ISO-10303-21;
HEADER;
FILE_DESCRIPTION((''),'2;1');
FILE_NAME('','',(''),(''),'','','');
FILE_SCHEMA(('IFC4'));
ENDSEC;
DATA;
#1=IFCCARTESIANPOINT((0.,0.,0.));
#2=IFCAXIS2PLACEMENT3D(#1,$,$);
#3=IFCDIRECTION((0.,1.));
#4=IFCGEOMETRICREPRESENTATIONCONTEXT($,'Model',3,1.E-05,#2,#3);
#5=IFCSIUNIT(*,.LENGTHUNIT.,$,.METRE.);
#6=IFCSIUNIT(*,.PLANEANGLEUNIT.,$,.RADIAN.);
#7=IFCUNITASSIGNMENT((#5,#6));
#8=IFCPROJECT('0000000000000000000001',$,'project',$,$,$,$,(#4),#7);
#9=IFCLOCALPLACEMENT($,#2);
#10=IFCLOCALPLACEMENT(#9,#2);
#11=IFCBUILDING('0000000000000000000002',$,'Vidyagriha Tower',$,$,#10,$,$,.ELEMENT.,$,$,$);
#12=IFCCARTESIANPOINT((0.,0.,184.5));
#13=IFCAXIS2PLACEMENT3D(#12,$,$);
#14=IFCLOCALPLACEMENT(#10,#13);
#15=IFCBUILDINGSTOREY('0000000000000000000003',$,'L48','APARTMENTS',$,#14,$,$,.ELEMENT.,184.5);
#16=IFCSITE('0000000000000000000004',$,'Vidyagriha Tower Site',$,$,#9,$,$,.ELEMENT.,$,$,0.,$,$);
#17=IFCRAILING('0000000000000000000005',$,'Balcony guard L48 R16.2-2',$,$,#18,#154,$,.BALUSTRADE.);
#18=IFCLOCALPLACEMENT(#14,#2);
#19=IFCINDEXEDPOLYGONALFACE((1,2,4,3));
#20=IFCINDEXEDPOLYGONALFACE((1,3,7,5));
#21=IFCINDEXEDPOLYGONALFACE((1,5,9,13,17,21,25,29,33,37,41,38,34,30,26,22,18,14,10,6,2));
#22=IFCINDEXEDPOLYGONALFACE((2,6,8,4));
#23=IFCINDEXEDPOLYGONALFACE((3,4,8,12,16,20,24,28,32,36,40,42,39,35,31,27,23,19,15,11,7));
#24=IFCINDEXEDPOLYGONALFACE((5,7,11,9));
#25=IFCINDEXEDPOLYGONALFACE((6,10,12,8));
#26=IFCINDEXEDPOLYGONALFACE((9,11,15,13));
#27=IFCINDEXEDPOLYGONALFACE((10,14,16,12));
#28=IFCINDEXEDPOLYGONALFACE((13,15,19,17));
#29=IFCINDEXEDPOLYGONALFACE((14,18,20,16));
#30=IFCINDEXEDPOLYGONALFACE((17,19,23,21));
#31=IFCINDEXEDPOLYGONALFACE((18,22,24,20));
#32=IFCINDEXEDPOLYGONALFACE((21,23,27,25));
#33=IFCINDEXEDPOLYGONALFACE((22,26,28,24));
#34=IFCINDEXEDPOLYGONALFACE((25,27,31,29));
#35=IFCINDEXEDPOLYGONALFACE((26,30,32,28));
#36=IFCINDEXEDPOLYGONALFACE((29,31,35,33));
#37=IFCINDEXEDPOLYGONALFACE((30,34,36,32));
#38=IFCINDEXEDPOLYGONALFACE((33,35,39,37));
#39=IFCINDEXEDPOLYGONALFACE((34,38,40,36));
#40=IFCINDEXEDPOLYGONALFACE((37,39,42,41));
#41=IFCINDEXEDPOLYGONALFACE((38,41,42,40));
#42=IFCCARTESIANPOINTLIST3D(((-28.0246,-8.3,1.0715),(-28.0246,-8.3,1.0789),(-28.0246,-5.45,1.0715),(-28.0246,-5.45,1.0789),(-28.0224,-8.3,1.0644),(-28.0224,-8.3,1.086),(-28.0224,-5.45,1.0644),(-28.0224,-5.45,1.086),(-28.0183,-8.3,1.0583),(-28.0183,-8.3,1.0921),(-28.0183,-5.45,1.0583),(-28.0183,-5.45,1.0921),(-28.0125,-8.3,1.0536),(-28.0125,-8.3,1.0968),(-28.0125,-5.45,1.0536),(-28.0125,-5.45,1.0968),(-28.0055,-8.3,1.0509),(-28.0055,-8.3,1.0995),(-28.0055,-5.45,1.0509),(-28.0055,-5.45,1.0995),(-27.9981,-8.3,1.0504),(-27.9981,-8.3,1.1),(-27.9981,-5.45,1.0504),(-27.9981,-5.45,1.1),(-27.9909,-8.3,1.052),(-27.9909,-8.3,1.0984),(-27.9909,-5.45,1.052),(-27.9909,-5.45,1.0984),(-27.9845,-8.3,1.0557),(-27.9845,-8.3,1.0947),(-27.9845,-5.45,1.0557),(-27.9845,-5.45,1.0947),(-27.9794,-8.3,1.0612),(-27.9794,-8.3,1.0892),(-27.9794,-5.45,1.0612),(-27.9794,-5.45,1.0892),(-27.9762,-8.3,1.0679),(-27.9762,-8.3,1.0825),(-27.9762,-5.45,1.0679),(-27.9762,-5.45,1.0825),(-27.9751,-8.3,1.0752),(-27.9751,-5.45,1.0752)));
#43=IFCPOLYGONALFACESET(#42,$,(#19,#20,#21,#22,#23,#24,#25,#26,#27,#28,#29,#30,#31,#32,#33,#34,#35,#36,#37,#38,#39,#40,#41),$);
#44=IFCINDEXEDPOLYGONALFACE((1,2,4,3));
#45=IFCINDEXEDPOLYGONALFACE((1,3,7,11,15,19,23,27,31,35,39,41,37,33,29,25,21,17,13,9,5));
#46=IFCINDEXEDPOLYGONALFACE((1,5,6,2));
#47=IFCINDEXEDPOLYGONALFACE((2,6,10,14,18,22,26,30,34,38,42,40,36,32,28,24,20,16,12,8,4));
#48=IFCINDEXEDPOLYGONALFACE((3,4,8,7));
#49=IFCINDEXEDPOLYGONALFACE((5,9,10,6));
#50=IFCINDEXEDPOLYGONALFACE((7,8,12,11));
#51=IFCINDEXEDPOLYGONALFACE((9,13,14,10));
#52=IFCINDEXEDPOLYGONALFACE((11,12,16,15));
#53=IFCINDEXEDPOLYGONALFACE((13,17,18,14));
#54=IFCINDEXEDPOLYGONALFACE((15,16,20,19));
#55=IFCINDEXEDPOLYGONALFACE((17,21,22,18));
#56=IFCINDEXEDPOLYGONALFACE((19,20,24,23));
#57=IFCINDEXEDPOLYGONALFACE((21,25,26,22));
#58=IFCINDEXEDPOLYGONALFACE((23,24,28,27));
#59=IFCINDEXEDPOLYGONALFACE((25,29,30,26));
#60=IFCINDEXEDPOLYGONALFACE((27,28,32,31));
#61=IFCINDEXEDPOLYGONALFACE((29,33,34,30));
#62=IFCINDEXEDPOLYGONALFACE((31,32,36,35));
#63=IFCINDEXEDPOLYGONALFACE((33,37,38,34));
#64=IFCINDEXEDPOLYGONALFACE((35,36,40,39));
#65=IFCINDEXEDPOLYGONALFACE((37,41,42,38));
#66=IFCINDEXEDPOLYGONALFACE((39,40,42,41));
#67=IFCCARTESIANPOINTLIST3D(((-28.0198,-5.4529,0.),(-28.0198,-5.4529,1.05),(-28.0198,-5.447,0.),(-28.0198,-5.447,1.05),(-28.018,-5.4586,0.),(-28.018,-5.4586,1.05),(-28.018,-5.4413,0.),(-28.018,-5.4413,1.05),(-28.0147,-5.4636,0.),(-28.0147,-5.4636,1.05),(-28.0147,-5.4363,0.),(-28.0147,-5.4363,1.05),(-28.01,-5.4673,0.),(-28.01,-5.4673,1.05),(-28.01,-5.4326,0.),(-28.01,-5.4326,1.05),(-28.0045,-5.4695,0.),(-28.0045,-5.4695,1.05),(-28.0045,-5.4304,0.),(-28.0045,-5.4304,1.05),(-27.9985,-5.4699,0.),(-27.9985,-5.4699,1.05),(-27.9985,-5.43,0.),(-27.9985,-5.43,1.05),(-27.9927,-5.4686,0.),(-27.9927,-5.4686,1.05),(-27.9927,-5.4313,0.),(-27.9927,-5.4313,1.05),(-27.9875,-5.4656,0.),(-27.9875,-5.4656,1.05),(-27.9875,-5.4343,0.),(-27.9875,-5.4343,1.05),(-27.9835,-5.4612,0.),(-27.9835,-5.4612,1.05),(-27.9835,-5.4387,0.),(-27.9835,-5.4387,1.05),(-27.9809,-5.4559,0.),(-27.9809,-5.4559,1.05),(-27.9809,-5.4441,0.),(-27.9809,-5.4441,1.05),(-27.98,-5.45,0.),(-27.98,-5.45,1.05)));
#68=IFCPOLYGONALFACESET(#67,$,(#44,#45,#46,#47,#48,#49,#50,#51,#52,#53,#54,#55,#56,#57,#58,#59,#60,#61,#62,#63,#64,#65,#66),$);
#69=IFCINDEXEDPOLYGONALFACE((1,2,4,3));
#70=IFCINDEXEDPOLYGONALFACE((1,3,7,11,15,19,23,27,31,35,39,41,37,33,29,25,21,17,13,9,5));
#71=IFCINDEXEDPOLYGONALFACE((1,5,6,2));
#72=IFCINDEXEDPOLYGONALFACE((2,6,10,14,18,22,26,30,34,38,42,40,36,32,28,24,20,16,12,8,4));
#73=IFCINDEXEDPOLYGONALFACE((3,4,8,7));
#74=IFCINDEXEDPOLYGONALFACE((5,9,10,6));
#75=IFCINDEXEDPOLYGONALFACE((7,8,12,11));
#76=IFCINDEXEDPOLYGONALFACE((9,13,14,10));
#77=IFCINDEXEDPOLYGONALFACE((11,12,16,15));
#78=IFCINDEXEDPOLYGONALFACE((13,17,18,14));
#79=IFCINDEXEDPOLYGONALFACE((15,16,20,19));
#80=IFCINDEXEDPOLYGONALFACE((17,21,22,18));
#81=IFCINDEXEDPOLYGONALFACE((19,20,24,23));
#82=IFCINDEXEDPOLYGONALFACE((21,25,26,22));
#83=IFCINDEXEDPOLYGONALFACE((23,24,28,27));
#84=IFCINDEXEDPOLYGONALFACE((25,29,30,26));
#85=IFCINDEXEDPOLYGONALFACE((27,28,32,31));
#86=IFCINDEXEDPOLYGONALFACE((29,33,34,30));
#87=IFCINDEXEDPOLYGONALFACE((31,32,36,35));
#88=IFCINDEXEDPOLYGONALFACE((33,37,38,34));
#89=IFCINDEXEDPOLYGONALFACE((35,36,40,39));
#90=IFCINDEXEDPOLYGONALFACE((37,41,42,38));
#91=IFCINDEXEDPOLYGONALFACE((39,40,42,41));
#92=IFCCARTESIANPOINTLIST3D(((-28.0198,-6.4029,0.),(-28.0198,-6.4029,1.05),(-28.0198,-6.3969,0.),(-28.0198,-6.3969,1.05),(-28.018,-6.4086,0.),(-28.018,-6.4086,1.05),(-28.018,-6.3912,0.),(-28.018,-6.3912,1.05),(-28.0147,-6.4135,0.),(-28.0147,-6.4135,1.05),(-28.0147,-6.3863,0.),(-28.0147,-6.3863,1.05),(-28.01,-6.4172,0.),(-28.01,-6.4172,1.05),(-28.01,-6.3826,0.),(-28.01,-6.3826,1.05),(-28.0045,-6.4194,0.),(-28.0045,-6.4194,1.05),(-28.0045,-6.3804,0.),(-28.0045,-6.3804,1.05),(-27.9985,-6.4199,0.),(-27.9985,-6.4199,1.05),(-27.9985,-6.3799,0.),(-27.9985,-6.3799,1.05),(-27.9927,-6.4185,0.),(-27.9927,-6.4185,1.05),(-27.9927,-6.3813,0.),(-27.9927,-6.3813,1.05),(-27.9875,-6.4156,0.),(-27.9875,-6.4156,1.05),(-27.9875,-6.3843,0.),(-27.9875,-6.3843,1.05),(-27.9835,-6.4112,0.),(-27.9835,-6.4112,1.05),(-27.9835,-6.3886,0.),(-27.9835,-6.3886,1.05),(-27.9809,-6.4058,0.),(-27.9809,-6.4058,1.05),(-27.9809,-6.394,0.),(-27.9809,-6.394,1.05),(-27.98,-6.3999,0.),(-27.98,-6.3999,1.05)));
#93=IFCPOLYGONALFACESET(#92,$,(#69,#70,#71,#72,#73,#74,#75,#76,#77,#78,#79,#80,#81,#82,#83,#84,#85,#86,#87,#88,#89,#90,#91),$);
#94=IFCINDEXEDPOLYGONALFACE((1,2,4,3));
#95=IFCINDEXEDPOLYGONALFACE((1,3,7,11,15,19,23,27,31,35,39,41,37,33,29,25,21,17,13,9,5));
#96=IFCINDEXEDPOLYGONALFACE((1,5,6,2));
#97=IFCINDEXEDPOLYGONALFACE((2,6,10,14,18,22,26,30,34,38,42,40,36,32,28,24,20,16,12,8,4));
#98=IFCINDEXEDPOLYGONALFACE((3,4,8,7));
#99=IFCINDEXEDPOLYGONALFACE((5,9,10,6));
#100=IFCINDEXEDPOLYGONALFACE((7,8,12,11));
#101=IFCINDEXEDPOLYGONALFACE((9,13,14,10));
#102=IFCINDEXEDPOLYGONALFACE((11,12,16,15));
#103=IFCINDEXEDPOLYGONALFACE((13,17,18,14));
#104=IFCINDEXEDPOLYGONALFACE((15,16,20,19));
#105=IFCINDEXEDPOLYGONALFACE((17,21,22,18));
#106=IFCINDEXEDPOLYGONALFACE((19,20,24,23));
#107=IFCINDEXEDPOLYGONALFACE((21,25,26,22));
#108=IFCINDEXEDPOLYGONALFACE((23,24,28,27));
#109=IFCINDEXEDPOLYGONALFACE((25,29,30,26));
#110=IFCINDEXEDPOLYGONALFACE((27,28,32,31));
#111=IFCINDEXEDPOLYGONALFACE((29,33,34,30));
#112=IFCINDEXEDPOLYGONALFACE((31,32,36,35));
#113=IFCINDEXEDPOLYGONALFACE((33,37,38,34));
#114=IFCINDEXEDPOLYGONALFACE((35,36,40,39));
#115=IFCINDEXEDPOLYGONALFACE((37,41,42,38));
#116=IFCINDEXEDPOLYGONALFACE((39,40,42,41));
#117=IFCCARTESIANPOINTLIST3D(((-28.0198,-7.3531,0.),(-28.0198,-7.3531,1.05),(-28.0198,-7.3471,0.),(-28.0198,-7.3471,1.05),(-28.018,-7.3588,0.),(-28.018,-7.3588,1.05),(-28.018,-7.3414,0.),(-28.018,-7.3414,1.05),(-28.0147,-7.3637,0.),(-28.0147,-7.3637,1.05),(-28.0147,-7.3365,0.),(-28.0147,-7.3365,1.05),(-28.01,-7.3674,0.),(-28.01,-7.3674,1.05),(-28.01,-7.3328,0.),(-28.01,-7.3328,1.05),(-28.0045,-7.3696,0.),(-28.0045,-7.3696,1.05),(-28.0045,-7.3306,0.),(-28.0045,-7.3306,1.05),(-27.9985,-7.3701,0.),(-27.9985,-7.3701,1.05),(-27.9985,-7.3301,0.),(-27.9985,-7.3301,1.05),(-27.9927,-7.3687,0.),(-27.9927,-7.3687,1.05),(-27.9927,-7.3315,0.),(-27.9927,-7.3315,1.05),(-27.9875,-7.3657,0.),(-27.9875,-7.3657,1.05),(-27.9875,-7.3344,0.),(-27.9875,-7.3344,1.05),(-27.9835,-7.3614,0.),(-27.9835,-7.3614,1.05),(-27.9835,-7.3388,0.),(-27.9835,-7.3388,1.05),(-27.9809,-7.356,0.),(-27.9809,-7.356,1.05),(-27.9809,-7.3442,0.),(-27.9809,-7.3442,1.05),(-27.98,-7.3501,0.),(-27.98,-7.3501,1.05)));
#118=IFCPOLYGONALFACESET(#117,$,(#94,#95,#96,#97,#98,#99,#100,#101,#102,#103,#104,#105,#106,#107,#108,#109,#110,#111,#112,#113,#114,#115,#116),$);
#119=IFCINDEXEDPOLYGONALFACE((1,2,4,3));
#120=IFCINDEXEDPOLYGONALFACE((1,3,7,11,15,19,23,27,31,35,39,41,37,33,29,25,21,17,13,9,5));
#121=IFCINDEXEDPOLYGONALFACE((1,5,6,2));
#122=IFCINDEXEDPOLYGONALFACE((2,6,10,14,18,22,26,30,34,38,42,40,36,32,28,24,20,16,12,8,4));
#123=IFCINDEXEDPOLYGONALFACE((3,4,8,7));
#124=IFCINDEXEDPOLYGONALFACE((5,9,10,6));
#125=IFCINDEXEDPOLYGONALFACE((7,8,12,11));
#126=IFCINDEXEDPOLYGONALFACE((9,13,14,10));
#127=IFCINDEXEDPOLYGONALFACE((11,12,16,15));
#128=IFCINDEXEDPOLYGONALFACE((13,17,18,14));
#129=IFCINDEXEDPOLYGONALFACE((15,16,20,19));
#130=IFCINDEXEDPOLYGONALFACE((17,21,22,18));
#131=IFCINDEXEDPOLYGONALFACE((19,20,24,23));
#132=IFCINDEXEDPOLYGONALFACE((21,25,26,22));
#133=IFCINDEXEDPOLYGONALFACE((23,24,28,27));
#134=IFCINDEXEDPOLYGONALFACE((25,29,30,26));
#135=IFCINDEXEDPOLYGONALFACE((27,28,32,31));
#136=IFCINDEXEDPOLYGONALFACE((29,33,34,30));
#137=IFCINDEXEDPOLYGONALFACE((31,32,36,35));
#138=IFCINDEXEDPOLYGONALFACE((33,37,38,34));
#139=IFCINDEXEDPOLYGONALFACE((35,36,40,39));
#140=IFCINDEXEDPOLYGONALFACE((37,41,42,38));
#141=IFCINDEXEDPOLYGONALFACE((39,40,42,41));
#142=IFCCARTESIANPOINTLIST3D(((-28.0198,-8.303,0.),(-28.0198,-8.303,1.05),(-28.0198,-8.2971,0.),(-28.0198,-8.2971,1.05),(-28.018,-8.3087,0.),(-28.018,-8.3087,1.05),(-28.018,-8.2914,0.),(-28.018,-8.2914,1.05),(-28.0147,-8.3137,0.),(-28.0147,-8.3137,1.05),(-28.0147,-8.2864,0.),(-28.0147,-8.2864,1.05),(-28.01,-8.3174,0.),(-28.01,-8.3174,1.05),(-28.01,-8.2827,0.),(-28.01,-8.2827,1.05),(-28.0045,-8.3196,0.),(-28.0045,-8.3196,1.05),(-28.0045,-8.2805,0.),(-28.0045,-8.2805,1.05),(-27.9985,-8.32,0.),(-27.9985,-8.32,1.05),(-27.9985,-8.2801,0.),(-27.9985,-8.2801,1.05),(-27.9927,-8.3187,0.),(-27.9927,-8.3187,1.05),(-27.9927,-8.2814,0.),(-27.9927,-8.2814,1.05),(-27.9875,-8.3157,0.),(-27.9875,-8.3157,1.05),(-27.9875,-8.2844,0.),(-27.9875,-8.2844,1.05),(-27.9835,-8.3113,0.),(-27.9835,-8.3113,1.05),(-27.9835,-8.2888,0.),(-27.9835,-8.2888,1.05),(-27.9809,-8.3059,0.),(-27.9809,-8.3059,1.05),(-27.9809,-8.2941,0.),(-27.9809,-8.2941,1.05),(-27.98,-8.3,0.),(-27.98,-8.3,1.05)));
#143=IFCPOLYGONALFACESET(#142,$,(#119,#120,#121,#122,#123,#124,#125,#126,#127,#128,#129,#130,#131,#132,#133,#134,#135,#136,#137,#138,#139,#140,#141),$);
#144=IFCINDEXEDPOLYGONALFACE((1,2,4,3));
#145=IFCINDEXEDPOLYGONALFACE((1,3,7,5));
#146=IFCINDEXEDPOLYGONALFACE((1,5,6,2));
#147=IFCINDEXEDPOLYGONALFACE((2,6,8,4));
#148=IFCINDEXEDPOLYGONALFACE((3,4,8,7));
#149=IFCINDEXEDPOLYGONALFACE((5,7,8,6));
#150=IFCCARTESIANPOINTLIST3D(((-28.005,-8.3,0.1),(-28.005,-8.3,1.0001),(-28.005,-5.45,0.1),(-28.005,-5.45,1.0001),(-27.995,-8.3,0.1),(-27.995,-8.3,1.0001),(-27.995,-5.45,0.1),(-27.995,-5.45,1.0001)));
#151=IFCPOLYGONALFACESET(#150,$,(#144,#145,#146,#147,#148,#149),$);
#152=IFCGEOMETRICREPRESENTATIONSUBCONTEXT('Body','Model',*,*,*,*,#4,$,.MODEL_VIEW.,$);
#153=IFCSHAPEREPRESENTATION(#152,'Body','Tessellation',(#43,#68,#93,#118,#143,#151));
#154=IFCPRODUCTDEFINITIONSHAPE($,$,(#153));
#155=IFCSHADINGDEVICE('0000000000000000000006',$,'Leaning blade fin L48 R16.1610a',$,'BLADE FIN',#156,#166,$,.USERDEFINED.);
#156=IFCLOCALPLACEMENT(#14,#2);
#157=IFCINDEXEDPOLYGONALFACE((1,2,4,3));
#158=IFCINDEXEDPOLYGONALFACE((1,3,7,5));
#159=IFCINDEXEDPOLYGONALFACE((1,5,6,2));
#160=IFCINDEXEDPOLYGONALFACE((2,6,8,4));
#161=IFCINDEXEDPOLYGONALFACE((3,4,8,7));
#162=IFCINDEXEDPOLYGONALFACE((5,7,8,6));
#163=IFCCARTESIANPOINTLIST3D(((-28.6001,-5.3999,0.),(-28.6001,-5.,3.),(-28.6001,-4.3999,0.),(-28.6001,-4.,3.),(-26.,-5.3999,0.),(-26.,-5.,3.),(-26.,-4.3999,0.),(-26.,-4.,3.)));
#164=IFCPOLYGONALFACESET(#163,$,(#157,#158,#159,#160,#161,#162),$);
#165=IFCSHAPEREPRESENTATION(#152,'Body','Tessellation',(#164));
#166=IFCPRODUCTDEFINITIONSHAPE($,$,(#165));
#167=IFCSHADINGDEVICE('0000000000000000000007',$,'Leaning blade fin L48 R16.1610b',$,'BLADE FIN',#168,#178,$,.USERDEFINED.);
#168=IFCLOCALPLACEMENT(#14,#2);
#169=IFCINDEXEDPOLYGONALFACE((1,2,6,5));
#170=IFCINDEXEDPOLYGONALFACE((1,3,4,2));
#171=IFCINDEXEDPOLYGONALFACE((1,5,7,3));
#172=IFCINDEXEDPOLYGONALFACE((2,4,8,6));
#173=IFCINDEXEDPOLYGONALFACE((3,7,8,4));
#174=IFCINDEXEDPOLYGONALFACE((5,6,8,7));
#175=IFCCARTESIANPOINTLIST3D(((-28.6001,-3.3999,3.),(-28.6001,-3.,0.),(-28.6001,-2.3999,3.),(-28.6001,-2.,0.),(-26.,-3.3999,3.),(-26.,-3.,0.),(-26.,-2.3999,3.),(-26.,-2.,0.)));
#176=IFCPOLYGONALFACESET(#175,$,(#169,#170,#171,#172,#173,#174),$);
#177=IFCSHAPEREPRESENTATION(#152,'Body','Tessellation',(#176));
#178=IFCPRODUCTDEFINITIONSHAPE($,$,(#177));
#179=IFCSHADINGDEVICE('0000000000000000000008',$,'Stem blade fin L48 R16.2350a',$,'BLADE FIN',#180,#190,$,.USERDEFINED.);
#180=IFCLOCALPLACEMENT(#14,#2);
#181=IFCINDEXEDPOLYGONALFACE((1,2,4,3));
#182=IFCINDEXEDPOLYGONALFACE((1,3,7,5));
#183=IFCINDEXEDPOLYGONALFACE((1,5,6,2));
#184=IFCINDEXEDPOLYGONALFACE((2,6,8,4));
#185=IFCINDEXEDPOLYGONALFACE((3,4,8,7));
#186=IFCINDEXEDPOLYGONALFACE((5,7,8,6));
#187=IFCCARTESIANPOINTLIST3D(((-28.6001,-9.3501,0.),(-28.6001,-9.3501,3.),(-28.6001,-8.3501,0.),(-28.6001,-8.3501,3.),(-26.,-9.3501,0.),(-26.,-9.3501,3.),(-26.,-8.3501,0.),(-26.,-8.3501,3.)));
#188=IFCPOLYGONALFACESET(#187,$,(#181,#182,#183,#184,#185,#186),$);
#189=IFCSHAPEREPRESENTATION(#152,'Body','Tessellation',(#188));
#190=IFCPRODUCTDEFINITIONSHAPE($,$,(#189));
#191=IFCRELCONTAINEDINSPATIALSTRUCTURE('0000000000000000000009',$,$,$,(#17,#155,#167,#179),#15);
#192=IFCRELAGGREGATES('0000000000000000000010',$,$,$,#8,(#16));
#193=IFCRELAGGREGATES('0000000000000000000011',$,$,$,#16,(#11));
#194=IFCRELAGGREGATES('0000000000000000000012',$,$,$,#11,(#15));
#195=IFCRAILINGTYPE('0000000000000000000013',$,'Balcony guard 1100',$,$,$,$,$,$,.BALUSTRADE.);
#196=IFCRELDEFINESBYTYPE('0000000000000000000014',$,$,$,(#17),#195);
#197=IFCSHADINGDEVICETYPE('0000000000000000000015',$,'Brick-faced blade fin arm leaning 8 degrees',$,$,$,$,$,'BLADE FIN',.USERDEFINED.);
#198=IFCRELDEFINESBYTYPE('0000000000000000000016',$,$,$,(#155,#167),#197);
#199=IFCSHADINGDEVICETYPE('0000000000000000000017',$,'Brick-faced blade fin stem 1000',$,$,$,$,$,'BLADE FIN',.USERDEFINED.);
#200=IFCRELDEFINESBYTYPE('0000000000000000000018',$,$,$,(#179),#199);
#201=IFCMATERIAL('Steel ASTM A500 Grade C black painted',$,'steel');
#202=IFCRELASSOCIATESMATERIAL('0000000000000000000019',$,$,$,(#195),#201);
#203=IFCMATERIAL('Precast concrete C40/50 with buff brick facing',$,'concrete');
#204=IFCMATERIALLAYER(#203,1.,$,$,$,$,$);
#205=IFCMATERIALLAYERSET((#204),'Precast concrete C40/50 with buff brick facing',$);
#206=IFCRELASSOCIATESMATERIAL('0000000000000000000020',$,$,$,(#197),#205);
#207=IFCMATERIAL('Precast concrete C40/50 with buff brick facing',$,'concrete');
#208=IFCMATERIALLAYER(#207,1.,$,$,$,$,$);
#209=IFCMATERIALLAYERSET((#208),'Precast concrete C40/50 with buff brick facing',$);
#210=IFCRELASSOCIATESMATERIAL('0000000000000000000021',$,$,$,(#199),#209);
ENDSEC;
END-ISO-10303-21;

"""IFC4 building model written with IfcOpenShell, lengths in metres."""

from ifc_helpers import new_model, si_unit, direction, frame, origin, origin_2d, place, context, subcontext, project, spatial, polyline, rectangle, circle, outline, extrude, material, layer, layer_set, type_object, element, save


model = new_model("IFC4")

# Units and contexts
model_context = context("Model", 3, precision=1e-05, world=origin(), true_north=direction((0.0, 1.0)))
body_context = subcontext(model_context, "Body", "Model", "MODEL_VIEW")
ifc_project = project(units=[si_unit("LENGTHUNIT", "METRE"), si_unit("PLANEANGLEUNIT", "RADIAN")], contexts=[model_context])

# Site, building, storey
site_placement = place(None, origin())
site = spatial("IfcSite", under=ifc_project, at=site_placement, Name="Vidyagriha Tower Site", CompositionType="ELEMENT", RefElevation=0.0)
building_placement = place(site_placement, origin())
building = spatial("IfcBuilding", under=site, at=building_placement, Name="Vidyagriha Tower", CompositionType="ELEMENT")
storey_placement = place(building_placement, frame((0.0, 0.0, 184.5)))
storey = spatial("IfcBuildingStorey", under=building, at=storey_placement, Name="L48", Description="APARTMENTS", CompositionType="ELEMENT", Elevation=184.5)

# Railing
ifc_material_1 = material(Name="Steel ASTM A500 Grade C black painted", Category="steel")
railing_type_1 = type_object("IfcRailingType", Name="Balcony guard 1100", PredefinedType="BALUSTRADE", material=ifc_material_1)
railing_1_placement = place(storey_placement, frame((-28.0, -5.45, 0.0)))
element("IfcRailing", 1, at=railing_1_placement, inside=storey, type_object=railing_type_1, Name="Balcony guard L48 R16.2-2", PredefinedType="BALUSTRADE", context=body_context, shape_type="SweptSolid", body=[
    extrude(circle(Radius=0.0249, at=origin_2d()), frame((0.0, 0.0, 1.0752), z_axis=(0.0, -1.0, 0.0), x_axis=(1.0, 0.0, 0.0)), (0.0, 0.0, 1.0), 2.8501),
    extrude(circle(Radius=0.02, at=origin_2d()), origin(), (0.0, 0.0, 1.0), 1.05),
    extrude(circle(Radius=0.02, at=origin_2d()), frame((0.0, -0.95, 0.0)), (0.0, 0.0, 1.0), 1.05),
    extrude(circle(Radius=0.02, at=origin_2d()), frame((0.0, -1.9001, 0.0)), (0.0, 0.0, 1.0), 1.05),
    extrude(circle(Radius=0.02, at=origin_2d()), frame((0.0, -2.8501, 0.0)), (0.0, 0.0, 1.0), 1.05),
    extrude(rectangle(XDim=0.01, YDim=0.9001, at=origin_2d()), frame((0.0, 0.0, 0.55), z_axis=(0.0, -1.0, 0.0), x_axis=(1.0, 0.0, 0.0)), (0.0, 0.0, 1.0), 2.8501),
])

# Shading devices
ifc_material_2 = material(Name="Precast concrete C40/50 with buff brick facing", Category="concrete")
ifc_layer_1 = layer(ifc_material_2, 1.0)
ifc_layer_set_1 = layer_set([ifc_layer_1], Name="Precast concrete C40/50 with buff brick facing")
shading_device_type_1 = type_object("IfcShadingDeviceType", Name="Brick-faced blade fin arm leaning 8 degrees", ElementType="BLADE FIN", PredefinedType="USERDEFINED", material=ifc_layer_set_1)
shading_device_1_placement = place(storey_placement, frame((-27.3, -4.0, 0.0), z_axis=(0.0, 0.0, 1.0), x_axis=(0.0, -1.0, 0.0)))
element("IfcShadingDevice", 2, at=shading_device_1_placement, inside=storey, type_object=shading_device_type_1, Name="Leaning blade fin L48 R16.1610a", ObjectType="BLADE FIN", PredefinedType="USERDEFINED", context=body_context, shape_type="SweptSolid", body=[
    extrude(outline(polyline([(0.3999, 0.0), (1.3999, 0.0), (1.0, 3.0), (0.0, 3.0), (0.3999, 0.0)])), frame((0.0, 1.3, 0.0), z_axis=(0.0, -1.0, 0.0), x_axis=(1.0, 0.0, 0.0)), (0.0, 0.0, 1.0), 2.6001),
])
shading_device_2_placement = place(storey_placement, frame((-27.3, -2.0, 0.0), z_axis=(0.0, 0.0, 1.0), x_axis=(0.0, -1.0, 0.0)))
element("IfcShadingDevice", 3, at=shading_device_2_placement, inside=storey, type_object=shading_device_type_1, Name="Leaning blade fin L48 R16.1610b", ObjectType="BLADE FIN", PredefinedType="USERDEFINED", context=body_context, shape_type="SweptSolid", body=[
    extrude(outline(polyline([(0.0, 0.0), (1.0, 0.0), (1.3999, 3.0), (0.3999, 3.0), (0.0, 0.0)])), frame((0.0, 1.3, 0.0), z_axis=(0.0, -1.0, 0.0), x_axis=(1.0, 0.0, 0.0)), (0.0, 0.0, 1.0), 2.6001),
])
ifc_material_3 = material(Name="Precast concrete C40/50 with buff brick facing", Category="concrete")
ifc_layer_2 = layer(ifc_material_3, 1.0)
ifc_layer_set_2 = layer_set([ifc_layer_2], Name="Precast concrete C40/50 with buff brick facing")
shading_device_type_2 = type_object("IfcShadingDeviceType", Name="Brick-faced blade fin stem 1000", ElementType="BLADE FIN", PredefinedType="USERDEFINED", material=ifc_layer_set_2)
shading_device_3_placement = place(storey_placement, frame((-27.3, -8.3501, 0.0), z_axis=(0.0, 0.0, 1.0), x_axis=(0.0, -1.0, 0.0)))
element("IfcShadingDevice", 4, at=shading_device_3_placement, inside=storey, type_object=shading_device_type_2, Name="Stem blade fin L48 R16.2350a", ObjectType="BLADE FIN", PredefinedType="USERDEFINED", context=body_context, shape_type="SweptSolid", body=[
    extrude(outline(polyline([(0.0, 0.0), (1.0, 0.0), (1.0, 3.0), (0.0, 3.0), (0.0, 0.0)])), frame((0.0, 1.3, 0.0), z_axis=(0.0, -1.0, 0.0), x_axis=(1.0, 0.0, 0.0)), (0.0, 0.0, 1.0), 2.6001),
])

save(model, "model.ifc")
